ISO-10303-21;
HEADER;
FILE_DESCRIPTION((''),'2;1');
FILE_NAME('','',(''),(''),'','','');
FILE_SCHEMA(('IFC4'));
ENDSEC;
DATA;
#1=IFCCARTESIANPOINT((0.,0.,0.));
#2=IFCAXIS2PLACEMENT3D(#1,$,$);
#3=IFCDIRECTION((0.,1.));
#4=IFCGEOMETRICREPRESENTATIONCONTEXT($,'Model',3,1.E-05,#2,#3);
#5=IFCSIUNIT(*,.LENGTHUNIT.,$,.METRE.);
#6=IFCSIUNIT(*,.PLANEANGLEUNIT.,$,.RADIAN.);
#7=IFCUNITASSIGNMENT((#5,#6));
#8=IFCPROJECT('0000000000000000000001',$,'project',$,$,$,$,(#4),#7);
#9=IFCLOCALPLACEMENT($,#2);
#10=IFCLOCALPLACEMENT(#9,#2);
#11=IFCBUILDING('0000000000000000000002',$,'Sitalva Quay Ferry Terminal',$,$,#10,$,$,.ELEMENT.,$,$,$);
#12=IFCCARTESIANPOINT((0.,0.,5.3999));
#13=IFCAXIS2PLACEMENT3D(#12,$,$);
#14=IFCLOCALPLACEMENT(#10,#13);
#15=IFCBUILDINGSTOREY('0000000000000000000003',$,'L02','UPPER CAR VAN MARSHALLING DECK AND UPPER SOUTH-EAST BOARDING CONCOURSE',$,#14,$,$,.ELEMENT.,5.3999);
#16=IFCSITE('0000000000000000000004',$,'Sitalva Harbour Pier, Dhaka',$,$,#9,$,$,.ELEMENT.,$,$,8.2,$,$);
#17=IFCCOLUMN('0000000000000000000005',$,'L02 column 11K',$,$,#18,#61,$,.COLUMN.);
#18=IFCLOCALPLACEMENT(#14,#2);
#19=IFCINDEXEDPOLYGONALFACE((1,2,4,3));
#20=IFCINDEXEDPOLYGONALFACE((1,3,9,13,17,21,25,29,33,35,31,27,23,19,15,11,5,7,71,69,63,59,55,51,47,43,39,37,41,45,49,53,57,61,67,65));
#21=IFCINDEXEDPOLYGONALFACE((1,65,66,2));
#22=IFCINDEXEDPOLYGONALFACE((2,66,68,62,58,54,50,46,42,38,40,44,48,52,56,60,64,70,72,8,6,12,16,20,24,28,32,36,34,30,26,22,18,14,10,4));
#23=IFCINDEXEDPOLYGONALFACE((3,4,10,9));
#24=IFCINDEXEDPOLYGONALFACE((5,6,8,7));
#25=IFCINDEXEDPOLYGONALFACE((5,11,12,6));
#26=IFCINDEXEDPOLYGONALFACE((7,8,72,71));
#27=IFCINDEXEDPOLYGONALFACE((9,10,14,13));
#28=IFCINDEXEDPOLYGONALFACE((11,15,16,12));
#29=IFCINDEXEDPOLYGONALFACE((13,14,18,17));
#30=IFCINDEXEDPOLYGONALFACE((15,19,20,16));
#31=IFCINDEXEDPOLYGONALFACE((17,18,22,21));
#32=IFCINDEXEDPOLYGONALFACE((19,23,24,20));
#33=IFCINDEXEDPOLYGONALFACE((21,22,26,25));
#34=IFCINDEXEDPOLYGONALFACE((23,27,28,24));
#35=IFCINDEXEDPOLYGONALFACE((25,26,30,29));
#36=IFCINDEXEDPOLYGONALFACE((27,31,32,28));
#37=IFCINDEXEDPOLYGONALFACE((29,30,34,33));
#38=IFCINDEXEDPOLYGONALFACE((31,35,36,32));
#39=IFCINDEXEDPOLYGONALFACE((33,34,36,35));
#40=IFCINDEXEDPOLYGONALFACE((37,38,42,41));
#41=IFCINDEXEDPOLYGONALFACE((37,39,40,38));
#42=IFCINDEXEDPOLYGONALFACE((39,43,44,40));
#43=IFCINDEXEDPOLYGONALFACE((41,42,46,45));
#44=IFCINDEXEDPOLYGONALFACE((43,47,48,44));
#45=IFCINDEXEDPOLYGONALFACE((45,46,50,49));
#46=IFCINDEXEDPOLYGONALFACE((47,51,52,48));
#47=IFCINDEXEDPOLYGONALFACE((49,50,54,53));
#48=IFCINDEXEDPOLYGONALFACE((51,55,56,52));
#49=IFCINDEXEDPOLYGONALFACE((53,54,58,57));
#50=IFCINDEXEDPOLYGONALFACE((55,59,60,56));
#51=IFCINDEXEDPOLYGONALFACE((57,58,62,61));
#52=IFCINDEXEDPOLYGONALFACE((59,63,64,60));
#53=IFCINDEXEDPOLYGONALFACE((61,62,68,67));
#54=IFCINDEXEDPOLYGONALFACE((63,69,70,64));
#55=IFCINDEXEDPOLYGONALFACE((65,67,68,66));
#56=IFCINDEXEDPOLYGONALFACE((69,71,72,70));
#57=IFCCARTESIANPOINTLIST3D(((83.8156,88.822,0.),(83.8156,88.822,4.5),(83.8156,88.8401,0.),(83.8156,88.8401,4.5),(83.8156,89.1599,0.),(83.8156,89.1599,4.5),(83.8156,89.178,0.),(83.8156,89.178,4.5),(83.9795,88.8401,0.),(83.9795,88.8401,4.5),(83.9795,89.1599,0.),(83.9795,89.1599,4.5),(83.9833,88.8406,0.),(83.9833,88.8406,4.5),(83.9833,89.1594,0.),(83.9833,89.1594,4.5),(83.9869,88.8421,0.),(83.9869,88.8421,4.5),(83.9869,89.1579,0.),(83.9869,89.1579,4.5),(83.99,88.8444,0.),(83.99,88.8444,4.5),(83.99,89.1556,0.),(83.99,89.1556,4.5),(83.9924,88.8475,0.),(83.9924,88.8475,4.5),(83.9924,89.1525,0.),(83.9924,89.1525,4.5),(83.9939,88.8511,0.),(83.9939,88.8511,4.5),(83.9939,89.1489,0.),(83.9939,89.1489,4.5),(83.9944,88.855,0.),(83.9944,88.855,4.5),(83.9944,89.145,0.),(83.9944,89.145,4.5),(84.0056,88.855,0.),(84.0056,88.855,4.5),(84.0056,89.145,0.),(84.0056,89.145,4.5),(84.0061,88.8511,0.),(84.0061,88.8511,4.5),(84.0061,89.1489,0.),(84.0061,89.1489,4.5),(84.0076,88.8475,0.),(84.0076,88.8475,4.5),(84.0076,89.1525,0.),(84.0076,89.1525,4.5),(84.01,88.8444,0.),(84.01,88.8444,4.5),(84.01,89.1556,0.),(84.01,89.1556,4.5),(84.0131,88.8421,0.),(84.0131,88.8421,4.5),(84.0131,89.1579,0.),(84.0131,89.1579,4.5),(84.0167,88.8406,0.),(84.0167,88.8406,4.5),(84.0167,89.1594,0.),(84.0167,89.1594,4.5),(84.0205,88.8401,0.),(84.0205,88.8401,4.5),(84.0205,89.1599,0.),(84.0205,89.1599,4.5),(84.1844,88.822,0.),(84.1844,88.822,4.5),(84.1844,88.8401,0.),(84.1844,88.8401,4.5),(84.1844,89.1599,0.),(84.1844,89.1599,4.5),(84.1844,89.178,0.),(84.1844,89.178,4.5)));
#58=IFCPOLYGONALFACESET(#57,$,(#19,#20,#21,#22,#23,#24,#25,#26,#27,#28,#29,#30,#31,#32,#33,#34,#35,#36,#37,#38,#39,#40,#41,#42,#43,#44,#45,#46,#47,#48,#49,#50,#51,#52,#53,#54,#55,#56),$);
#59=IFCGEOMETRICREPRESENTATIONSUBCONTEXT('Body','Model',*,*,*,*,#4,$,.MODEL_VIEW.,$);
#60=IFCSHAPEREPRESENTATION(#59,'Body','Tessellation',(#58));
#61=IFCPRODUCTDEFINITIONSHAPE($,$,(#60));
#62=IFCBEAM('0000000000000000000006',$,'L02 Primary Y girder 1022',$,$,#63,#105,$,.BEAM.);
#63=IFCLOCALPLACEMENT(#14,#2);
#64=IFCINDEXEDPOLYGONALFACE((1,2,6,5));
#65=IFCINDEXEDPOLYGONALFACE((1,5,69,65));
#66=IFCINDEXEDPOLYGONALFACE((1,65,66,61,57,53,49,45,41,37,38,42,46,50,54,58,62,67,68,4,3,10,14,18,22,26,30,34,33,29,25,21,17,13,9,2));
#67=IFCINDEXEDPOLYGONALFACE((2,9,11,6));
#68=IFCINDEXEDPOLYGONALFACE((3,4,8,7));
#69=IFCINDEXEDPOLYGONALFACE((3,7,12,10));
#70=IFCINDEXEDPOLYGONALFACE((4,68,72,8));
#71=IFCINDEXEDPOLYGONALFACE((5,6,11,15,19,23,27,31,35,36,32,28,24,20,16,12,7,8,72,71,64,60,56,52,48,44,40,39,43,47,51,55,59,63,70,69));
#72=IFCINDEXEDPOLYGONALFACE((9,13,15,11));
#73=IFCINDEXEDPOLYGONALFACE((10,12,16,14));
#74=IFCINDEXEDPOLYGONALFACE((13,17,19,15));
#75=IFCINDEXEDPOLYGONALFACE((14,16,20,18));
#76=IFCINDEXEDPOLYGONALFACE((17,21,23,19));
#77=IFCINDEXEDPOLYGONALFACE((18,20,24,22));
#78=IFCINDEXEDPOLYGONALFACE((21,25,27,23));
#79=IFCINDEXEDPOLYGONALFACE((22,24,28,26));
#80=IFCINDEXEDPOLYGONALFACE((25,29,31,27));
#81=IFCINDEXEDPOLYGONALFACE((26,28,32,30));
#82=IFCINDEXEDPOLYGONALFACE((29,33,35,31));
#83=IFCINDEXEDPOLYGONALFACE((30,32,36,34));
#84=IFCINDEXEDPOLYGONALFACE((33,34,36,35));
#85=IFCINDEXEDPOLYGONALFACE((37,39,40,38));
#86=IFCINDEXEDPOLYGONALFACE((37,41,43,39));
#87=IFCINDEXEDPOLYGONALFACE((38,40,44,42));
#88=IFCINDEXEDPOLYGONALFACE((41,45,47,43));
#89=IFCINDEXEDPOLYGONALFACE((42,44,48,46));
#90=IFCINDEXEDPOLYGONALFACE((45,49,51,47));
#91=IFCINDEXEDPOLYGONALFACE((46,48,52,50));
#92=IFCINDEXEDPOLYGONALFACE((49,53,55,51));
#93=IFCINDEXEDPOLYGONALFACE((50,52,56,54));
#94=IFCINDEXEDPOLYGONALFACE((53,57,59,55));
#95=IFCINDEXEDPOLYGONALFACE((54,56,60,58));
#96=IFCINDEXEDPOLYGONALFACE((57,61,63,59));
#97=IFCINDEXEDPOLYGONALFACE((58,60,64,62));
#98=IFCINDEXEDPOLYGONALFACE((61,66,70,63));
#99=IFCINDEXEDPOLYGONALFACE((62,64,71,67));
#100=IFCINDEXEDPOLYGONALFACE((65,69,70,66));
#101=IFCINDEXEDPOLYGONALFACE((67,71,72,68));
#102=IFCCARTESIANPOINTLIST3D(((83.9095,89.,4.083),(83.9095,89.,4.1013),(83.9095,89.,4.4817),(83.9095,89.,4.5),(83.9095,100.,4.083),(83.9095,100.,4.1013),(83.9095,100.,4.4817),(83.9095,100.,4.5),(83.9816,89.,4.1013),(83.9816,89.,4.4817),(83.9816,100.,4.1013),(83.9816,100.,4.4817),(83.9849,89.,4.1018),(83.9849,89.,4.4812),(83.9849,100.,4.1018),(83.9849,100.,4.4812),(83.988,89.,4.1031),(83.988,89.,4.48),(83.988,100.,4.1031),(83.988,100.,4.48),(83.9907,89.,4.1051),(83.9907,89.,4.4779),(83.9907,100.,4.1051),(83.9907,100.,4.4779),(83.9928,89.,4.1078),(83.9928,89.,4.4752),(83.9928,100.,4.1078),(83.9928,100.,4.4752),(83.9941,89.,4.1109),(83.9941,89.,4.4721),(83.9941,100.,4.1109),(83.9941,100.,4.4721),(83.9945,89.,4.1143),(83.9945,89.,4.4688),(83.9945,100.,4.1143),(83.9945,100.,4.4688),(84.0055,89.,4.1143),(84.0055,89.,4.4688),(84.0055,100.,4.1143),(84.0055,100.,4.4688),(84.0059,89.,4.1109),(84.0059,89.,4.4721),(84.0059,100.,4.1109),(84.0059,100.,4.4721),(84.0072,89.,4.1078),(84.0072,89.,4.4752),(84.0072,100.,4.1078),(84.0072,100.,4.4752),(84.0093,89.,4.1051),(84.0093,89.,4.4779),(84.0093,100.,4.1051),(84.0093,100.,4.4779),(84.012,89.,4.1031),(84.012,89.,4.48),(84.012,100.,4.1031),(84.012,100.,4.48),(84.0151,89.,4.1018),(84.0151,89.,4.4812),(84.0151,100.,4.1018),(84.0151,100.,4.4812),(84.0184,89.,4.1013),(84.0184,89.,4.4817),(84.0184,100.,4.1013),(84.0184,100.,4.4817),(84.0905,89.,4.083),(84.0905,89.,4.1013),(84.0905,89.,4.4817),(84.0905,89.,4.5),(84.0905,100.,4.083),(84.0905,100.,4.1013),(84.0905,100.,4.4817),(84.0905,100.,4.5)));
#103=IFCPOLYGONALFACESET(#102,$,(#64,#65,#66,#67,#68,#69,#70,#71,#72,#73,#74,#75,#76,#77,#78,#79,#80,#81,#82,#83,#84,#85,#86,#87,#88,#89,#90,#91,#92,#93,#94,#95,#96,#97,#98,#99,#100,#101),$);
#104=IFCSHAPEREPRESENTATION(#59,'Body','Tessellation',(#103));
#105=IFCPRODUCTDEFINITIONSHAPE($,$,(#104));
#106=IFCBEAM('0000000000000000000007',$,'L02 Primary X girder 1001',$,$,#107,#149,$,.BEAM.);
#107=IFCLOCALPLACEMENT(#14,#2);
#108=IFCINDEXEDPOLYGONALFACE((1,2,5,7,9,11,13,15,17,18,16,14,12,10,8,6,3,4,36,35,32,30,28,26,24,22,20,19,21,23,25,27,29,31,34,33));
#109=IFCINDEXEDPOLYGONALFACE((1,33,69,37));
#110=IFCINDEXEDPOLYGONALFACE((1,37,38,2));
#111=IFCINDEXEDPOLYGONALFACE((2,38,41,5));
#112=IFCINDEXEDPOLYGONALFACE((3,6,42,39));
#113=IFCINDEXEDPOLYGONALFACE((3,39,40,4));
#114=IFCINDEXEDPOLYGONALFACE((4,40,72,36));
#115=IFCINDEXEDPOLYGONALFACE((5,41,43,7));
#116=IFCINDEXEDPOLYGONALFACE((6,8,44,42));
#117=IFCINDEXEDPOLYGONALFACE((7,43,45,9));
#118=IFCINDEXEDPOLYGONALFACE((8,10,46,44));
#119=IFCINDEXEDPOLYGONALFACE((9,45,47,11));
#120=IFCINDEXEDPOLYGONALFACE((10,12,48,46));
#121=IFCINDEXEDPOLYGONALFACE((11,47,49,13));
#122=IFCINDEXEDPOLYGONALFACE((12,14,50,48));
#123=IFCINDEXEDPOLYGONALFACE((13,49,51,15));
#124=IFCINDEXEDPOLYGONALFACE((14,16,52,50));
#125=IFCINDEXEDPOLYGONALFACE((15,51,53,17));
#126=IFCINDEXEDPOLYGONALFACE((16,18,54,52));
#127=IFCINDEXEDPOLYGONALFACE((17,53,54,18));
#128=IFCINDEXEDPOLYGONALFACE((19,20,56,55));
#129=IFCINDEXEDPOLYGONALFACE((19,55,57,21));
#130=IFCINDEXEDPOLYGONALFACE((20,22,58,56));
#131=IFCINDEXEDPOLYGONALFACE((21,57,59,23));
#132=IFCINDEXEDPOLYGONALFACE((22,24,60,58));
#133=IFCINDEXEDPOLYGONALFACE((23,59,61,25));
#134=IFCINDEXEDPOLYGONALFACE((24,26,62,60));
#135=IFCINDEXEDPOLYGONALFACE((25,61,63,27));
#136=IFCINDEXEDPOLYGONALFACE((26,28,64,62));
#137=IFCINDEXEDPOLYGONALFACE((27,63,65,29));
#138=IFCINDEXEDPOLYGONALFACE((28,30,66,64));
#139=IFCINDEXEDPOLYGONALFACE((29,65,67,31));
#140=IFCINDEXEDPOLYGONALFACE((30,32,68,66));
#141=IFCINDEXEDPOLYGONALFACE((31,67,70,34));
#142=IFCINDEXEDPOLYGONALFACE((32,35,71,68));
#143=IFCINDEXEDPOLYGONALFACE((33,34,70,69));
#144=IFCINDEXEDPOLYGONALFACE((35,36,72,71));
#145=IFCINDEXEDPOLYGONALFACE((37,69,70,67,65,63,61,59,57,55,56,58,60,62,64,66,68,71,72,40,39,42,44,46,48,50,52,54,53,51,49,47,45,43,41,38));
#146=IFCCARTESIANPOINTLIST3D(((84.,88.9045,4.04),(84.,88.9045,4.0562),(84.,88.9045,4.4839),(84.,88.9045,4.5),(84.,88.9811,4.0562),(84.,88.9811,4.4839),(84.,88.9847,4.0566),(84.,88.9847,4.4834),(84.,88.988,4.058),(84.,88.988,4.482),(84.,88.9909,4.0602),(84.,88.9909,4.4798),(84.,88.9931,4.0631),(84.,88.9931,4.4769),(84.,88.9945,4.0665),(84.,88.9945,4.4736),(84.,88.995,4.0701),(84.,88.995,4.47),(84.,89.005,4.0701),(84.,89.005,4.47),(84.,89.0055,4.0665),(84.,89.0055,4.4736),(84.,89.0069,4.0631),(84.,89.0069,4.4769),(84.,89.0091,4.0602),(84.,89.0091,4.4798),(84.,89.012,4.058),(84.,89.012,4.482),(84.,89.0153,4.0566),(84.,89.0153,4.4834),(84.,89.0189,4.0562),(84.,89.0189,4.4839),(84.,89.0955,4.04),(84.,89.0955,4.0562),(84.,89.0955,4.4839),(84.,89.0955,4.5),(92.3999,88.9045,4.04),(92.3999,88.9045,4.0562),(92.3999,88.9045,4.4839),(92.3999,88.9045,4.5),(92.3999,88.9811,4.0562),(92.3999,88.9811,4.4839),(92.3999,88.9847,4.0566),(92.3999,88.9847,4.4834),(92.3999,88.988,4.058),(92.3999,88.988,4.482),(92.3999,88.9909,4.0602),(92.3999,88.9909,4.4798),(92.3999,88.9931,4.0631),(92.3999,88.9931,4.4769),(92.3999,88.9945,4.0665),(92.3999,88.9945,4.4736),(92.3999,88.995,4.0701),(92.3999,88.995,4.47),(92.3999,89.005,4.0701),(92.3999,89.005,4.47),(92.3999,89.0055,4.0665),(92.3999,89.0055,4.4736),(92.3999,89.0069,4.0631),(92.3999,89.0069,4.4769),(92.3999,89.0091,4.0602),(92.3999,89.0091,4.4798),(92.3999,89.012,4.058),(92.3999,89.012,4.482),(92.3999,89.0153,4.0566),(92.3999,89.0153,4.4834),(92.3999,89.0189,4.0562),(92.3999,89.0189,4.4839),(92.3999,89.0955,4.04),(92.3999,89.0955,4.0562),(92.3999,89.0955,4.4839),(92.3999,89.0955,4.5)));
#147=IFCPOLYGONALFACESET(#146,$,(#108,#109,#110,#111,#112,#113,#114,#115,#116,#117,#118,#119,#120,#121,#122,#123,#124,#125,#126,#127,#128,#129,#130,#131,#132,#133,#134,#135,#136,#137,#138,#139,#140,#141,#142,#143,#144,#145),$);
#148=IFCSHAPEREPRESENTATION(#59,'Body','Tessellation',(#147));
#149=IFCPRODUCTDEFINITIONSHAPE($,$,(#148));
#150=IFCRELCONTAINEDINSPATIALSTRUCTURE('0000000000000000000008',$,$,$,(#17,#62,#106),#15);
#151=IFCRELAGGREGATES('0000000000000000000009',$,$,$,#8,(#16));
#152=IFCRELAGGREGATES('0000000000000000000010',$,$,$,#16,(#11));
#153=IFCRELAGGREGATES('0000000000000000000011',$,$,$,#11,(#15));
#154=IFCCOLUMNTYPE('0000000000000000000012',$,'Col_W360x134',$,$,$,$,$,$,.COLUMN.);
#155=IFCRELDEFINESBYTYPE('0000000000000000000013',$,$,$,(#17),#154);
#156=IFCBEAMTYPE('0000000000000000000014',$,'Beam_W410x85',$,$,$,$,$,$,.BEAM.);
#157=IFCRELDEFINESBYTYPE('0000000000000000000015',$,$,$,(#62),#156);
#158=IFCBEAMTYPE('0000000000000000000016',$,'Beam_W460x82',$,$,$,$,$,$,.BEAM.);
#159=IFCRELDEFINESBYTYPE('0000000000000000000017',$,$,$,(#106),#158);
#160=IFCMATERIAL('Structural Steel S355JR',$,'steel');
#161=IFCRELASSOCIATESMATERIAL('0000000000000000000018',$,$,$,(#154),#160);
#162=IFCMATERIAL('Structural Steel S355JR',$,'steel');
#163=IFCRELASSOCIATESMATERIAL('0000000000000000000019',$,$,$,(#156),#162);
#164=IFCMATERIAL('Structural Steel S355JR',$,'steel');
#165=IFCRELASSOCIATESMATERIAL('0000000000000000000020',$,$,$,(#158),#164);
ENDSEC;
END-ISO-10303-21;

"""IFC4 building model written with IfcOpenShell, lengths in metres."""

from ifc_helpers import new_model, si_unit, direction, frame, origin, origin_2d, place, context, subcontext, project, spatial, i_section, extrude, material, material_profile, profile_set, type_object, element, save


model = new_model("IFC4")

# Units and contexts
model_context = context("Model", 3, precision=1e-05, world=origin(), true_north=direction((0.0, 1.0)))
body_context = subcontext(model_context, "Body", "Model", "MODEL_VIEW")
ifc_project = project(units=[si_unit("LENGTHUNIT", "METRE"), si_unit("PLANEANGLEUNIT", "RADIAN")], contexts=[model_context])

# Site, building, storey
site_placement = place(None, origin())
site = spatial("IfcSite", under=ifc_project, at=site_placement, Name="Sitalva Harbour Pier, Dhaka", CompositionType="ELEMENT", RefElevation=8.2)
building_placement = place(site_placement, origin())
building = spatial("IfcBuilding", under=site, at=building_placement, Name="Sitalva Quay Ferry Terminal", CompositionType="ELEMENT")
storey_placement = place(building_placement, frame((0.0, 0.0, 5.3999)))
storey = spatial("IfcBuildingStorey", under=building, at=storey_placement, Name="L02", Description="UPPER CAR VAN MARSHALLING DECK AND UPPER SOUTH-EAST BOARDING CONCOURSE", CompositionType="ELEMENT", Elevation=5.3999)

# Column
ifc_material_1 = material(Name="Structural Steel S355JR", Category="steel")
ifc_material_profile_1 = material_profile(ifc_material_1, i_section(OverallWidth=0.3689, OverallDepth=0.356, WebThickness=0.0112, FlangeThickness=0.0181, FilletRadius=0.0149, at=origin_2d()), Name="W360x134")
ifc_profile_set_1 = profile_set([ifc_material_profile_1], Name="Structural Steel S355JR")
column_type = type_object("IfcColumnType", Name="Col_W360x134", PredefinedType="COLUMN", material=ifc_profile_set_1)
column_placement = place(storey_placement, frame((84.0, 89.0, 0.0), z_axis=(0.0, 0.0, 1.0), x_axis=(1.0, 0.0, 0.0)))
element("IfcColumn", 1, at=column_placement, inside=storey, type_object=column_type, Name="L02 column 11K", PredefinedType="COLUMN", context=body_context, shape_type="SweptSolid", body=[
    extrude(i_section(OverallWidth=0.3689, OverallDepth=0.356, WebThickness=0.0112, FlangeThickness=0.0181, FilletRadius=0.0149, at=origin_2d()), origin(), (0.0, 0.0, 1.0), 4.5),
])

# Beams
ifc_material_2 = material(Name="Structural Steel S355JR", Category="steel")
ifc_material_profile_2 = material_profile(ifc_material_2, i_section(OverallWidth=0.1809, OverallDepth=0.417, WebThickness=0.011, FlangeThickness=0.0183, FilletRadius=0.0129, at=origin_2d()), Name="W410x85")
ifc_profile_set_2 = profile_set([ifc_material_profile_2], Name="Structural Steel S355JR")
beam_type_1 = type_object("IfcBeamType", Name="Beam_W410x85", PredefinedType="BEAM", material=ifc_profile_set_2)
beam_1_placement = place(storey_placement, frame((84.0, 89.0, 4.2915), z_axis=(0.0, 1.0, 0.0), x_axis=(-1.0, 0.0, 0.0)))
element("IfcBeam", 2, at=beam_1_placement, inside=storey, type_object=beam_type_1, Name="L02 Primary Y girder 1022", PredefinedType="BEAM", context=body_context, shape_type="SweptSolid", body=[
    extrude(i_section(OverallWidth=0.1809, OverallDepth=0.417, WebThickness=0.011, FlangeThickness=0.0183, FilletRadius=0.0129, at=origin_2d()), origin(), (0.0, 0.0, 1.0), 11.0),
])
ifc_material_3 = material(Name="Structural Steel S355JR", Category="steel")
ifc_material_profile_3 = material_profile(ifc_material_3, i_section(OverallWidth=0.1909, OverallDepth=0.46, WebThickness=0.01, FlangeThickness=0.0161, FilletRadius=0.0139, at=origin_2d()), Name="W460x82")
ifc_profile_set_3 = profile_set([ifc_material_profile_3], Name="Structural Steel S355JR")
beam_type_2 = type_object("IfcBeamType", Name="Beam_W460x82", PredefinedType="BEAM", material=ifc_profile_set_3)
beam_2_placement = place(storey_placement, frame((84.0, 89.0, 4.27), z_axis=(1.0, 0.0, 0.0), x_axis=(0.0, 1.0, 0.0)))
element("IfcBeam", 3, at=beam_2_placement, inside=storey, type_object=beam_type_2, Name="L02 Primary X girder 1001", PredefinedType="BEAM", context=body_context, shape_type="SweptSolid", body=[
    extrude(i_section(OverallWidth=0.1909, OverallDepth=0.46, WebThickness=0.01, FlangeThickness=0.0161, FilletRadius=0.0139, at=origin_2d()), origin(), (0.0, 0.0, 1.0), 8.3999),
])

save(model, "model.ifc")
